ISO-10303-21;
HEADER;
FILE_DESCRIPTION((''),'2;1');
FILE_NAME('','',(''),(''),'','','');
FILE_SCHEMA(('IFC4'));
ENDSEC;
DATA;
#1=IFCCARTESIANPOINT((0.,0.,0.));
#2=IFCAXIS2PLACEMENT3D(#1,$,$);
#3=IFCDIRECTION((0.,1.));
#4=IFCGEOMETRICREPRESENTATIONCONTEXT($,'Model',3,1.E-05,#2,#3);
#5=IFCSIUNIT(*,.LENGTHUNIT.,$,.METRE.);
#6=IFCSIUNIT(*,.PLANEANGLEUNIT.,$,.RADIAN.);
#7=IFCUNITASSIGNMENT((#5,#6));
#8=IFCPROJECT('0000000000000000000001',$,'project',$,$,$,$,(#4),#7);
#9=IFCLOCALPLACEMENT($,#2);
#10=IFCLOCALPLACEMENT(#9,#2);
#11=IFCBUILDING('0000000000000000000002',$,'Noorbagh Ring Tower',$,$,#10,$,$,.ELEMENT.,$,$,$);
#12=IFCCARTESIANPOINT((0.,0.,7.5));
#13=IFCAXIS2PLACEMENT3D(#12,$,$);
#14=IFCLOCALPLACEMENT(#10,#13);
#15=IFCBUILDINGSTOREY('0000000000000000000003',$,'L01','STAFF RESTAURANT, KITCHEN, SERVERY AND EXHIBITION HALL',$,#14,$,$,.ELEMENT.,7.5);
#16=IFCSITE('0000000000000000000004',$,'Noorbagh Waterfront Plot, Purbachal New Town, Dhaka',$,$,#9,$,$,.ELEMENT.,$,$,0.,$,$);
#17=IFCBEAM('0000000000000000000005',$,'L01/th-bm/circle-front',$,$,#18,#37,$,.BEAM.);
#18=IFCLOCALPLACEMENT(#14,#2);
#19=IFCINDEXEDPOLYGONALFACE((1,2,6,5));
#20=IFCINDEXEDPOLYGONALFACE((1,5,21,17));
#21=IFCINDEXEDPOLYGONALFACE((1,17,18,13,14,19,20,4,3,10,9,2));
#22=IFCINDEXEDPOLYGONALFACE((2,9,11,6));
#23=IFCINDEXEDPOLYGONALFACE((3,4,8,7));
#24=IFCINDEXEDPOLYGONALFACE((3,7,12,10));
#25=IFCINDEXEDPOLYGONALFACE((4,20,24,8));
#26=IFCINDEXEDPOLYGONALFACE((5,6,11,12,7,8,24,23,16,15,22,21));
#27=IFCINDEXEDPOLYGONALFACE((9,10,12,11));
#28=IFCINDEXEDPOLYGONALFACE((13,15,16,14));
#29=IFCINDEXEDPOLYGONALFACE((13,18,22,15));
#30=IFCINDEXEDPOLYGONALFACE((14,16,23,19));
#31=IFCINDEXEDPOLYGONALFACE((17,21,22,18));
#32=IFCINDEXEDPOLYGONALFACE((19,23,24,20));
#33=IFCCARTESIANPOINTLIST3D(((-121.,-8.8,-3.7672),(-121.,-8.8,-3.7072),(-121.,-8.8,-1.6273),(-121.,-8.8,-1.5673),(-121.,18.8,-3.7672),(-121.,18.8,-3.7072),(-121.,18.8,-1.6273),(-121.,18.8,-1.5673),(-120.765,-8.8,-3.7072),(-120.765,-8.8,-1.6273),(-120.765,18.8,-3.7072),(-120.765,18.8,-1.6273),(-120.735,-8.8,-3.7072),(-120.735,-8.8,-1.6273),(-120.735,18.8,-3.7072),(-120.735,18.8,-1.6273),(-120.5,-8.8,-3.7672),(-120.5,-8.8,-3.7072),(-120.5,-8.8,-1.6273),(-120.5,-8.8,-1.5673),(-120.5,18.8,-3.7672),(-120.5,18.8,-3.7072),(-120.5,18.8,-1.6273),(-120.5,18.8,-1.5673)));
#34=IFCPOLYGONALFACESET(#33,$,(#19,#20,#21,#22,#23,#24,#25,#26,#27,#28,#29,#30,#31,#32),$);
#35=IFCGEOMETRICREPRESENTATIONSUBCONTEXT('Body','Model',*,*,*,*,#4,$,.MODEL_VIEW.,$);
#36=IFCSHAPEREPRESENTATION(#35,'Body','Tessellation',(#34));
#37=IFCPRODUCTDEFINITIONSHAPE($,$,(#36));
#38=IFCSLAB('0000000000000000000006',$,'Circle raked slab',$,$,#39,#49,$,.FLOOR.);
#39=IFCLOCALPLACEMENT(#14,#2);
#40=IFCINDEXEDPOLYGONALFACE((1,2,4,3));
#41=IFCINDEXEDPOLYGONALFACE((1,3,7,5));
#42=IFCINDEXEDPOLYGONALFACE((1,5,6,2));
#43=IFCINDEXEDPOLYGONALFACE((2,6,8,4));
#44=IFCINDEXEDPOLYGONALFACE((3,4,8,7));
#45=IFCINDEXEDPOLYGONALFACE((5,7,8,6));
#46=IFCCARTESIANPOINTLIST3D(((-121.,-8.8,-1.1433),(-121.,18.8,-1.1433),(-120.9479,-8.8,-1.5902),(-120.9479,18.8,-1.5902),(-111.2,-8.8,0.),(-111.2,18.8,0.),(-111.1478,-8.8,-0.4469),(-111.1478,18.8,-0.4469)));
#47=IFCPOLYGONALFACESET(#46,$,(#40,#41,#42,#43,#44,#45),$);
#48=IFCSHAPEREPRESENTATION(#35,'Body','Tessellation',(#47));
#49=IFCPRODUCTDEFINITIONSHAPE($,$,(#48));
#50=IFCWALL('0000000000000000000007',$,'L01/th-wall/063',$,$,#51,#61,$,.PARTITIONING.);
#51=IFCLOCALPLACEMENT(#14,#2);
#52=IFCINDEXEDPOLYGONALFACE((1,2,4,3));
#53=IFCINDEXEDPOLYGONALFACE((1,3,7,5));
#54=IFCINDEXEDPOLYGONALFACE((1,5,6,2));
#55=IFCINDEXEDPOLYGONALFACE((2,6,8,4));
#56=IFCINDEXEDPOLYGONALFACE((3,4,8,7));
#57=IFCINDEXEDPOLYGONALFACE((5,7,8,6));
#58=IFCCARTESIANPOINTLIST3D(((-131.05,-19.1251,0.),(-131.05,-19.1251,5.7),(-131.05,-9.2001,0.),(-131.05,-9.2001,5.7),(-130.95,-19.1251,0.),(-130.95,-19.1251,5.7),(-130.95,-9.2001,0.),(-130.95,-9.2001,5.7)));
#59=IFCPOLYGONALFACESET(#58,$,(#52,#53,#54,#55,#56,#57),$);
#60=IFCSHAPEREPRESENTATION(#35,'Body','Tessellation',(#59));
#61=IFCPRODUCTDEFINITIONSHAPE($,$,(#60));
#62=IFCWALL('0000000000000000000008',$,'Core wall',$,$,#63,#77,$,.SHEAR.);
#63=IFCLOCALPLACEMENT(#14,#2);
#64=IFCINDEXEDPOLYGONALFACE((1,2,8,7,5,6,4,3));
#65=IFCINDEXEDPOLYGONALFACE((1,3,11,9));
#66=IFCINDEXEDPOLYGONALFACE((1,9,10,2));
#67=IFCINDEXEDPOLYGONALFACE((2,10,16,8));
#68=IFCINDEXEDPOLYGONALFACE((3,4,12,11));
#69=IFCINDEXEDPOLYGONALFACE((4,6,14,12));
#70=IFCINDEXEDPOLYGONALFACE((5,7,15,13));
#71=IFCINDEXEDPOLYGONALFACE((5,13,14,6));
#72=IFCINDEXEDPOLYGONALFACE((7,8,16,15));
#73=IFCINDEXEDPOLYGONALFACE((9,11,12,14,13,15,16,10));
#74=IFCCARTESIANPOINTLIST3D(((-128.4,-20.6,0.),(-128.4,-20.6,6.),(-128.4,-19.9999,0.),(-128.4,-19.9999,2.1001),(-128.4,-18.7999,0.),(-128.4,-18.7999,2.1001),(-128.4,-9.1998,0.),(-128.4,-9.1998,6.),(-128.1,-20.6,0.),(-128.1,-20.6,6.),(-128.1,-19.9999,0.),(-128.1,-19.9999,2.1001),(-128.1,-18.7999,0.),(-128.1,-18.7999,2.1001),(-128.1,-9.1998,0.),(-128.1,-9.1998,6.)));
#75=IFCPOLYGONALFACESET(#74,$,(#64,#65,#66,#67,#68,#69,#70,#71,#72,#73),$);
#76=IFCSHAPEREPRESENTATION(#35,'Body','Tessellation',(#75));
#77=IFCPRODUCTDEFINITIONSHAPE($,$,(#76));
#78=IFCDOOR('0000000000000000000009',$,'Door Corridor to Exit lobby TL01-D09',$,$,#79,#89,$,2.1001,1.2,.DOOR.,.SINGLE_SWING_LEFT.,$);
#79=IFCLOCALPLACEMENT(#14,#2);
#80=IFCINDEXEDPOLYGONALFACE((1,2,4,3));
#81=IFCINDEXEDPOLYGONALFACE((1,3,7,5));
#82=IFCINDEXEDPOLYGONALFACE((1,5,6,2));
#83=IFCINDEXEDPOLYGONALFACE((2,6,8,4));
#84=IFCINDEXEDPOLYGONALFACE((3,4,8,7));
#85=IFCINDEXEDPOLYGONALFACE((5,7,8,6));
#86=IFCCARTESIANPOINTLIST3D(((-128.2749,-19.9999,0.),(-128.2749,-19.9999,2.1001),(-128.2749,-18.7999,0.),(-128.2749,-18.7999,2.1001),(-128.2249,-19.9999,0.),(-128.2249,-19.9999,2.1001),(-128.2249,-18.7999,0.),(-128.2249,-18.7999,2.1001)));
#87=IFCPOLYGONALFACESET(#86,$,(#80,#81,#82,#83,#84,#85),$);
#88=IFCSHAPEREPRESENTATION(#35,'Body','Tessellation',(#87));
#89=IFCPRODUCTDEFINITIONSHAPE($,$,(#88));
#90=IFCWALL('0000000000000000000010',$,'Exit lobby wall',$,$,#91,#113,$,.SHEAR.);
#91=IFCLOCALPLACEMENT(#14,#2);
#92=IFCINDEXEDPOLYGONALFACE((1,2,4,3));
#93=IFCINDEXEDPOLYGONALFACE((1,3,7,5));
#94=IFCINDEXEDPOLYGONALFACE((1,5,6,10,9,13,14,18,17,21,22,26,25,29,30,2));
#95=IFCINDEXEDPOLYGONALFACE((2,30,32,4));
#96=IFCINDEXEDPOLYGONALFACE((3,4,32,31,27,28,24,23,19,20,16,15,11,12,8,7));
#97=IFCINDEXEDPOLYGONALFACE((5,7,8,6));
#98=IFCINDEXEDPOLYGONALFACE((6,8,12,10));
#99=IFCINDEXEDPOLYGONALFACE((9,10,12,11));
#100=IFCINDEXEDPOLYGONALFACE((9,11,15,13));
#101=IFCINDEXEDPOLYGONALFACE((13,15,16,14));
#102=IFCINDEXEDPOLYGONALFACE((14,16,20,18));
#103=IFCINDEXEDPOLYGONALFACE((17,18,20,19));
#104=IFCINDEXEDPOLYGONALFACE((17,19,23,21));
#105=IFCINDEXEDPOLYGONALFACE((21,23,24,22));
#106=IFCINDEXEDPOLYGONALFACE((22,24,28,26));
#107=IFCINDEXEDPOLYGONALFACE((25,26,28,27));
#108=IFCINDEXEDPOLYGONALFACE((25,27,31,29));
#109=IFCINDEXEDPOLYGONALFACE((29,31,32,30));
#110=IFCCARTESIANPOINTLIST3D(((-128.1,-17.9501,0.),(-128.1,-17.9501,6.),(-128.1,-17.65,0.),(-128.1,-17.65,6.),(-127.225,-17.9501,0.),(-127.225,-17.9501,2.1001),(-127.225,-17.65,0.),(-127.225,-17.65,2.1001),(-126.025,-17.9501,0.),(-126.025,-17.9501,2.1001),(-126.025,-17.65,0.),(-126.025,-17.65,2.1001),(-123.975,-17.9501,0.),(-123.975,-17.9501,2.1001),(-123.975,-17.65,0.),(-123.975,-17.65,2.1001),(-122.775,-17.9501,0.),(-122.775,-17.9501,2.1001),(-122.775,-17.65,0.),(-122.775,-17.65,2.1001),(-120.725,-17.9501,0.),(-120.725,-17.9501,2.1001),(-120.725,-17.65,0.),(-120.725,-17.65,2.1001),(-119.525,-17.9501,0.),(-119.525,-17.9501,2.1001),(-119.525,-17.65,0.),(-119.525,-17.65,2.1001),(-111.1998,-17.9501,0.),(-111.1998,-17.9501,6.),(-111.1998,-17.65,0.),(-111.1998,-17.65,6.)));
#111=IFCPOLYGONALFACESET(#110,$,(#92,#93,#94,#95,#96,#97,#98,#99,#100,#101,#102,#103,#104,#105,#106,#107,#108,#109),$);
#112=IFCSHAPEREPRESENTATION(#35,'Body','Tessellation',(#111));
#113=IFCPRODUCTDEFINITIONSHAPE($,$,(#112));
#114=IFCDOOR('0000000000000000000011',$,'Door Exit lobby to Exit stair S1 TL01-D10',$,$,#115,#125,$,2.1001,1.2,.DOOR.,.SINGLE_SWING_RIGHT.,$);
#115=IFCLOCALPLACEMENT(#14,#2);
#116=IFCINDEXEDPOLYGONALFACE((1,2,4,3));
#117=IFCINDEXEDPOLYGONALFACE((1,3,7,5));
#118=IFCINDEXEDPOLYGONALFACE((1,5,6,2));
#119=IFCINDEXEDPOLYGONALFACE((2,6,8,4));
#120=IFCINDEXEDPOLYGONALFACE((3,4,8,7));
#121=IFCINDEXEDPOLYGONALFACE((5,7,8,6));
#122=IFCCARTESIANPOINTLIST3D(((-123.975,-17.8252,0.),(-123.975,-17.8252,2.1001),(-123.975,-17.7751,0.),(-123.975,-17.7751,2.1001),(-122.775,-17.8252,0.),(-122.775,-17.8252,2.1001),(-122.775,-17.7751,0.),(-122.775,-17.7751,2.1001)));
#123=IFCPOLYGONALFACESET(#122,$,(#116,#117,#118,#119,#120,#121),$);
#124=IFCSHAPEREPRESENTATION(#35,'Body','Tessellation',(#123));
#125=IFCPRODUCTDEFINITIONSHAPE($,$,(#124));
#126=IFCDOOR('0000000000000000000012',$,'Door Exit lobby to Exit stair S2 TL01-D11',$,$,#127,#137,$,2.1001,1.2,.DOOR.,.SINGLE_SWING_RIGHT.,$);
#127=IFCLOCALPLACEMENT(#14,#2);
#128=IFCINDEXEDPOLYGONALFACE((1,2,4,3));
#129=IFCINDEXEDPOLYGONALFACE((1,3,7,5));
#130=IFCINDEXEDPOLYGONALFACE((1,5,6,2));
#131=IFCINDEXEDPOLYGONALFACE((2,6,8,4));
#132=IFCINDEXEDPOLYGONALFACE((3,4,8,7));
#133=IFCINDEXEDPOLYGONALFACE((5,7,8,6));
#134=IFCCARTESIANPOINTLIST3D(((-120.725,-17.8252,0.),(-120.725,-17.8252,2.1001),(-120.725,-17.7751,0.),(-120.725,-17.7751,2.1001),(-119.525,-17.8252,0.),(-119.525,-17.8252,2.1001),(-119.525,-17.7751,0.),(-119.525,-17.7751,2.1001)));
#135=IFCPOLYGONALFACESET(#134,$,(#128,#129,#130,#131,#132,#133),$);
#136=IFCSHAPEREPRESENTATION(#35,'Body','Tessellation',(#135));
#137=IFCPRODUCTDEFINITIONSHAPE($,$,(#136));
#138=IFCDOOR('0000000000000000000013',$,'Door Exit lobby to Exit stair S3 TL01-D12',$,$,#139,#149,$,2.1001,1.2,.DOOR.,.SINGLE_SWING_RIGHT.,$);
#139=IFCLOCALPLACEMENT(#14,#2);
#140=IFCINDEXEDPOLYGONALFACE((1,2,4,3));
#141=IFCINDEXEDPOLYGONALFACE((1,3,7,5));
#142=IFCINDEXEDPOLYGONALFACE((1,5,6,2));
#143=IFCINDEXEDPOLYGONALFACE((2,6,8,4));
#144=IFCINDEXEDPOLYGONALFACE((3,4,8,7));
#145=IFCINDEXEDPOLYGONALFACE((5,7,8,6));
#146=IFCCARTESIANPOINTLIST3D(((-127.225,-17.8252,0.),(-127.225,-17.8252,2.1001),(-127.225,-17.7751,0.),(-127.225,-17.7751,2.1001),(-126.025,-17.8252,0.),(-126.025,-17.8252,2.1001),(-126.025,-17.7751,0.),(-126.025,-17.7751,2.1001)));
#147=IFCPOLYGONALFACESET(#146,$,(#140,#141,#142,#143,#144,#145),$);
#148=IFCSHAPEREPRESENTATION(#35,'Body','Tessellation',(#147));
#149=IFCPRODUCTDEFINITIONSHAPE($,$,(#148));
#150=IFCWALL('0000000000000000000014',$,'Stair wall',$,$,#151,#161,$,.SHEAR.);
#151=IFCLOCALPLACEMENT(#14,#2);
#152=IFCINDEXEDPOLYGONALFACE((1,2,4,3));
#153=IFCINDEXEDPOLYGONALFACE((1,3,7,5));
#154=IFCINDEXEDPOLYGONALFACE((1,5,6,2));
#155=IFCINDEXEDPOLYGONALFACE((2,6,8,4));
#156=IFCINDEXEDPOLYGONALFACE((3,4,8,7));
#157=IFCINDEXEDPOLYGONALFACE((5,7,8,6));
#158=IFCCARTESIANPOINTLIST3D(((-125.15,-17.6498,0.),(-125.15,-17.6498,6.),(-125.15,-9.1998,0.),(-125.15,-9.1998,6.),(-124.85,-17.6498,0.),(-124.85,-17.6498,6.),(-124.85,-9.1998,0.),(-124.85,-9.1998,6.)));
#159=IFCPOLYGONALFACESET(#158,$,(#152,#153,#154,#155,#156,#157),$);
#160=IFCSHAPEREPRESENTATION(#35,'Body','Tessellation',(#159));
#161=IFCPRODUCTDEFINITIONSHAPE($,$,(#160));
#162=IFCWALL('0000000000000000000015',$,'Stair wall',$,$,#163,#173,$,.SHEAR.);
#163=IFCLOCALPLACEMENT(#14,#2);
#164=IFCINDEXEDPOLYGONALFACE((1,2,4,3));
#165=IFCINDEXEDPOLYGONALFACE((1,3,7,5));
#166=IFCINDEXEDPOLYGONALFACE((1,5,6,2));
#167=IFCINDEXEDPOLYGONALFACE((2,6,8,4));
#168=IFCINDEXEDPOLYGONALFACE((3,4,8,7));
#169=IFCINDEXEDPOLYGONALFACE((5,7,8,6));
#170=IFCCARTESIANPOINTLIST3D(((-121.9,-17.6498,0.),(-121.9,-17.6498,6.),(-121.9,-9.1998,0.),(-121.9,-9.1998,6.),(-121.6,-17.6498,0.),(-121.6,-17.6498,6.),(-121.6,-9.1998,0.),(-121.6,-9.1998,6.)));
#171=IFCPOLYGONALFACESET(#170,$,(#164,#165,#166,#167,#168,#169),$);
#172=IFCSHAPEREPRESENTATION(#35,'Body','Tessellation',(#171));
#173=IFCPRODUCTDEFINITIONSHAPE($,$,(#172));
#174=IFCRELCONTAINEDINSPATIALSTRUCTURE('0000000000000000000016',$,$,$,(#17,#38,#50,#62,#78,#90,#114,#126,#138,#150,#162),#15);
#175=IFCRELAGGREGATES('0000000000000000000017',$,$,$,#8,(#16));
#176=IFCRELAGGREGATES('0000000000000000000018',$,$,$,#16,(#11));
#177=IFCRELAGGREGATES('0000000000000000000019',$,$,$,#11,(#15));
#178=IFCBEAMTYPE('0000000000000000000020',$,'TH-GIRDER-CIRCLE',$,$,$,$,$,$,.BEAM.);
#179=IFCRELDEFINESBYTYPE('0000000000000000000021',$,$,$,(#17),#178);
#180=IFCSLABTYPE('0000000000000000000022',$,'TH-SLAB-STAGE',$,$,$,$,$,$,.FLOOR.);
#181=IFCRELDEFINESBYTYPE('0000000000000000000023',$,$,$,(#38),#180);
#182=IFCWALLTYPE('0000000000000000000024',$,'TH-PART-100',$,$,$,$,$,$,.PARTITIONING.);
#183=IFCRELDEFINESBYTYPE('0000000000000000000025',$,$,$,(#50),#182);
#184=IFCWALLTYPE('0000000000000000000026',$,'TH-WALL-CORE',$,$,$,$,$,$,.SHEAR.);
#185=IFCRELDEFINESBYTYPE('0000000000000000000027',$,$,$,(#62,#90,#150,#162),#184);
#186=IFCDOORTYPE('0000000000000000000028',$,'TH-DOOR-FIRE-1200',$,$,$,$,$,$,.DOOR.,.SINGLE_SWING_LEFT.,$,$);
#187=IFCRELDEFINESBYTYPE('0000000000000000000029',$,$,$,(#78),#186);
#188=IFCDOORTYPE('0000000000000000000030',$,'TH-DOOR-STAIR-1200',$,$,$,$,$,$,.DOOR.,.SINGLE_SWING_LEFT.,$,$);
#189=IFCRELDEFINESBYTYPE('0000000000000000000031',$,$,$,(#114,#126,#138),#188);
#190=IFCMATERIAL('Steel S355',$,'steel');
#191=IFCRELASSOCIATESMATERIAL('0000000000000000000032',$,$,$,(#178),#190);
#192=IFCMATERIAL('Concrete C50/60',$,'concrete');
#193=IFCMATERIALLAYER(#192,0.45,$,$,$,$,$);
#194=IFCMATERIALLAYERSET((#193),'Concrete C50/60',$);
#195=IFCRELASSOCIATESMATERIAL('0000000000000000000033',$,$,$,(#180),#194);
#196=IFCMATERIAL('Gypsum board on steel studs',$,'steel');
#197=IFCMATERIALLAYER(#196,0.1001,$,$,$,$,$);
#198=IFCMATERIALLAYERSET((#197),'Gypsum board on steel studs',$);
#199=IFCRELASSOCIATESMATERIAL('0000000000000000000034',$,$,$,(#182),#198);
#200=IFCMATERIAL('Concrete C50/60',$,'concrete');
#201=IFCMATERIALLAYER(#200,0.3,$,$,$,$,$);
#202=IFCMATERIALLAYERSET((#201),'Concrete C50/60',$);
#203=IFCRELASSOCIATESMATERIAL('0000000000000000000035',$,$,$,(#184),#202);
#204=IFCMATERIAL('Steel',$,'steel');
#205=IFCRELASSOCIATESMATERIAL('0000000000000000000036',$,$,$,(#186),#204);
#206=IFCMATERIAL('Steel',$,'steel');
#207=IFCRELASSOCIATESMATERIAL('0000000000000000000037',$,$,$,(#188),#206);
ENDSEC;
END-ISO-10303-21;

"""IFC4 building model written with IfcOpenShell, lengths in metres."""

from ifc_helpers import new_model, si_unit, direction, frame, frame_2d, origin, origin_2d, place, context, subcontext, project, spatial, polyline, rectangle, i_section, outline, extrude, material, layer, layer_set, material_profile, profile_set, type_object, element, fill, save


model = new_model("IFC4")

# Units and contexts
model_context = context("Model", 3, precision=1e-05, world=origin(), true_north=direction((0.0, 1.0)))
body_context = subcontext(model_context, "Body", "Model", "MODEL_VIEW")
ifc_project = project(units=[si_unit("LENGTHUNIT", "METRE"), si_unit("PLANEANGLEUNIT", "RADIAN")], contexts=[model_context])

# Site, building, storey
site_placement = place(None, origin())
site = spatial("IfcSite", under=ifc_project, at=site_placement, Name="Noorbagh Waterfront Plot, Purbachal New Town, Dhaka", CompositionType="ELEMENT", RefElevation=0.0)
building_placement = place(site_placement, origin())
building = spatial("IfcBuilding", under=site, at=building_placement, Name="Noorbagh Ring Tower", CompositionType="ELEMENT")
storey_placement = place(building_placement, frame((0.0, 0.0, 7.5)))
storey = spatial("IfcBuildingStorey", under=building, at=storey_placement, Name="L01", Description="STAFF RESTAURANT, KITCHEN, SERVERY AND EXHIBITION HALL", CompositionType="ELEMENT", Elevation=7.5)

# Beam
ifc_material_1 = material(Name="Steel S355", Category="steel")
ifc_material_profile = material_profile(ifc_material_1, i_section(OverallWidth=0.5, OverallDepth=2.2, WebThickness=0.03, FlangeThickness=0.0601, at=origin_2d()), Name="PG2200x500x30x60")
ifc_profile_set = profile_set([ifc_material_profile], Name="Steel S355")
beam_type = type_object("IfcBeamType", Name="TH-GIRDER-CIRCLE", PredefinedType="BEAM", material=ifc_profile_set)
beam_placement = place(storey_placement, frame((-120.75, -8.8, -2.6672), z_axis=(0.0, 1.0, 0.0), x_axis=(-1.0, 0.0, 0.0)))
element("IfcBeam", 1, at=beam_placement, inside=storey, type_object=beam_type, Name="L01/th-bm/circle-front", PredefinedType="BEAM", context=body_context, shape_type="SweptSolid", body=[
    extrude(i_section(OverallWidth=0.5, OverallDepth=2.2, WebThickness=0.03, FlangeThickness=0.0601, at=origin_2d()), origin(), (0.0, 0.0, 1.0), 27.6001),
])

# Slab
ifc_material_2 = material(Name="Concrete C50/60", Category="concrete")
ifc_layer_1 = layer(ifc_material_2, 0.45)
ifc_layer_set_1 = layer_set([ifc_layer_1], Name="Concrete C50/60")
slab_type = type_object("IfcSlabType", Name="TH-SLAB-STAGE", PredefinedType="FLOOR", material=ifc_layer_set_1)
slab_placement = place(storey_placement, frame((-121.0, -8.8, -1.1433), z_axis=(-0.115878, 0.0, 0.993263), x_axis=(0.993263, 0.0, 0.115878)))
element("IfcSlab", 2, at=slab_placement, inside=storey, type_object=slab_type, Name="Circle raked slab", PredefinedType="FLOOR", context=body_context, shape_type="SweptSolid", body=[
    extrude(outline(polyline([(0.0, 0.0), (9.8665, 0.0), (9.8665, 27.6001), (0.0, 27.6001), (0.0, 0.0)])), origin(), (0.0, 0.0, -1.0), 0.45),
])

# Wall
ifc_material_3 = material(Name="Gypsum board on steel studs", Category="steel")
ifc_layer_2 = layer(ifc_material_3, 0.1001)
ifc_layer_set_2 = layer_set([ifc_layer_2], Name="Gypsum board on steel studs")
wall_type_1 = type_object("IfcWallType", Name="TH-PART-100", PredefinedType="PARTITIONING", material=ifc_layer_set_2)
wall_1_placement = place(storey_placement, frame((-131.0, -19.125, 0.0), z_axis=(0.0, 0.0, 1.0), x_axis=(0.0, 1.0, 0.0)))
element("IfcWall", 3, at=wall_1_placement, inside=storey, type_object=wall_type_1, Name="L01/th-wall/063", PredefinedType="PARTITIONING", context=body_context, shape_type="SweptSolid", body=[
    extrude(rectangle(XDim=9.925, YDim=0.1001, at=frame_2d((4.9624, 0.0))), origin(), (0.0, 0.0, 1.0), 5.7),
])

# Wall, opening, door
ifc_material_4 = material(Name="Concrete C50/60", Category="concrete")
ifc_layer_3 = layer(ifc_material_4, 0.3)
ifc_layer_set_3 = layer_set([ifc_layer_3], Name="Concrete C50/60")
wall_type_2 = type_object("IfcWallType", Name="TH-WALL-CORE", PredefinedType="SHEAR", material=ifc_layer_set_3)
wall_2_placement = place(storey_placement, frame((-128.25, -20.6001, 0.0), z_axis=(0.0, 0.0, 1.0), x_axis=(0.0, 1.0, 0.0)))
wall_2 = element("IfcWall", 4, at=wall_2_placement, inside=storey, type_object=wall_type_2, Name="Core wall", PredefinedType="SHEAR", context=body_context, shape_type="SweptSolid", body=[
    extrude(rectangle(XDim=11.4001, YDim=0.3, at=frame_2d((5.7002, 0.0))), origin(), (0.0, 0.0, 1.0), 6.0),
])
opening_1_placement = place(wall_2_placement, frame((0.6001, 0.0, 0.0)))
opening_1 = element("IfcOpeningElement", 5, at=opening_1_placement, cuts=wall_2, PredefinedType="OPENING", context=body_context, shape_type="SweptSolid", body=[
    extrude(rectangle(XDim=1.2, YDim=2.1001, at=frame_2d((0.6001, 1.05))), frame((0.0, 0.1602, 0.0), z_axis=(0.0, -1.0, 0.0), x_axis=(1.0, 0.0, 0.0)), (0.0, 0.0, 1.0), 0.3201),
])
ifc_material_5 = material(Name="Steel", Category="steel")
door_type_1 = type_object("IfcDoorType", Name="TH-DOOR-FIRE-1200", OperationType="SINGLE_SWING_LEFT", PredefinedType="DOOR", material=ifc_material_5)
door_1_placement = place(opening_1_placement, origin())
door_1 = element("IfcDoor", 6, at=door_1_placement, inside=storey, type_object=door_type_1, Name="Door Corridor to Exit lobby TL01-D09", OperationType="SINGLE_SWING_LEFT", OverallHeight=2.1001, OverallWidth=1.2, PredefinedType="DOOR", context=body_context, shape_type="SweptSolid", body=[
    extrude(rectangle(XDim=1.2, YDim=2.1001, at=frame_2d((0.6001, 1.05))), frame((0.0, 0.0249, 0.0), z_axis=(0.0, -1.0, 0.0), x_axis=(1.0, 0.0, 0.0)), (0.0, 0.0, 1.0), 0.05),
])
fill(opening_1, door_1)

# Wall, openings, doors
wall_3_placement = place(storey_placement, frame((-128.1001, -17.8, 0.0), z_axis=(0.0, 0.0, 1.0), x_axis=(1.0, 0.0, 0.0)))
wall_3 = element("IfcWall", 7, at=wall_3_placement, inside=storey, type_object=wall_type_2, Name="Exit lobby wall", PredefinedType="SHEAR", context=body_context, shape_type="SweptSolid", body=[
    extrude(rectangle(XDim=16.9001, YDim=0.3, at=frame_2d((8.4502, 0.0))), origin(), (0.0, 0.0, 1.0), 6.0),
])
opening_2_placement = place(wall_3_placement, frame((4.125, 0.0, 0.0)))
opening_2 = element("IfcOpeningElement", 8, at=opening_2_placement, cuts=wall_3, PredefinedType="OPENING", context=body_context, shape_type="SweptSolid", body=[
    extrude(rectangle(XDim=1.2, YDim=2.1001, at=frame_2d((0.6001, 1.05))), frame((0.0, 0.1602, 0.0), z_axis=(0.0, -1.0, 0.0), x_axis=(1.0, 0.0, 0.0)), (0.0, 0.0, 1.0), 0.3201),
])
opening_3_placement = place(wall_3_placement, frame((7.375, 0.0, 0.0)))
opening_3 = element("IfcOpeningElement", 9, at=opening_3_placement, cuts=wall_3, PredefinedType="OPENING", context=body_context, shape_type="SweptSolid", body=[
    extrude(rectangle(XDim=1.2, YDim=2.1001, at=frame_2d((0.6001, 1.05))), frame((0.0, 0.1602, 0.0), z_axis=(0.0, -1.0, 0.0), x_axis=(1.0, 0.0, 0.0)), (0.0, 0.0, 1.0), 0.3201),
])
opening_4_placement = place(wall_3_placement, frame((0.875, 0.0, 0.0)))
opening_4 = element("IfcOpeningElement", 10, at=opening_4_placement, cuts=wall_3, PredefinedType="OPENING", context=body_context, shape_type="SweptSolid", body=[
    extrude(rectangle(XDim=1.2, YDim=2.1001, at=frame_2d((0.6001, 1.05))), frame((0.0, 0.1602, 0.0), z_axis=(0.0, -1.0, 0.0), x_axis=(1.0, 0.0, 0.0)), (0.0, 0.0, 1.0), 0.3201),
])
ifc_material_6 = material(Name="Steel", Category="steel")
door_type_2 = type_object("IfcDoorType", Name="TH-DOOR-STAIR-1200", OperationType="SINGLE_SWING_LEFT", PredefinedType="DOOR", material=ifc_material_6)
door_2_placement = place(opening_2_placement, origin())
door_2 = element("IfcDoor", 11, at=door_2_placement, inside=storey, type_object=door_type_2, Name="Door Exit lobby to Exit stair S1 TL01-D10", OperationType="SINGLE_SWING_RIGHT", OverallHeight=2.1001, OverallWidth=1.2, PredefinedType="DOOR", context=body_context, shape_type="SweptSolid", body=[
    extrude(rectangle(XDim=1.2, YDim=2.1001, at=frame_2d((0.6001, 1.05))), frame((0.0, 0.0249, 0.0), z_axis=(0.0, -1.0, 0.0), x_axis=(1.0, 0.0, 0.0)), (0.0, 0.0, 1.0), 0.05),
])
fill(opening_2, door_2)
door_3_placement = place(opening_3_placement, origin())
door_3 = element("IfcDoor", 12, at=door_3_placement, inside=storey, type_object=door_type_2, Name="Door Exit lobby to Exit stair S2 TL01-D11", OperationType="SINGLE_SWING_RIGHT", OverallHeight=2.1001, OverallWidth=1.2, PredefinedType="DOOR", context=body_context, shape_type="SweptSolid", body=[
    extrude(rectangle(XDim=1.2, YDim=2.1001, at=frame_2d((0.6001, 1.05))), frame((0.0, 0.0249, 0.0), z_axis=(0.0, -1.0, 0.0), x_axis=(1.0, 0.0, 0.0)), (0.0, 0.0, 1.0), 0.05),
])
fill(opening_3, door_3)
door_4_placement = place(opening_4_placement, origin())
door_4 = element("IfcDoor", 13, at=door_4_placement, inside=storey, type_object=door_type_2, Name="Door Exit lobby to Exit stair S3 TL01-D12", OperationType="SINGLE_SWING_RIGHT", OverallHeight=2.1001, OverallWidth=1.2, PredefinedType="DOOR", context=body_context, shape_type="SweptSolid", body=[
    extrude(rectangle(XDim=1.2, YDim=2.1001, at=frame_2d((0.6001, 1.05))), frame((0.0, 0.0249, 0.0), z_axis=(0.0, -1.0, 0.0), x_axis=(1.0, 0.0, 0.0)), (0.0, 0.0, 1.0), 0.05),
])
fill(opening_4, door_4)

# Walls
for number, where, z_axis, x_axis, name in (
    (14, (-125.0, -17.6499, 0.0), (0.0, 0.0, 1.0), (0.0, 1.0, 0.0), "Stair wall"),
    (15, (-121.75, -17.6499, 0.0), (0.0, 0.0, 1.0), (0.0, 1.0, 0.0), "Stair wall"),
):
    element("IfcWall", number, at=place(storey_placement, frame(where, z_axis=z_axis, x_axis=x_axis)), inside=storey, type_object=wall_type_2, Name=name, PredefinedType="SHEAR", context=body_context, shape_type="SweptSolid", body=[
        extrude(rectangle(XDim=8.45, YDim=0.3, at=frame_2d((4.2251, 0.0))), origin(), (0.0, 0.0, 1.0), 6.0),
    ])

save(model, "model.ifc")
